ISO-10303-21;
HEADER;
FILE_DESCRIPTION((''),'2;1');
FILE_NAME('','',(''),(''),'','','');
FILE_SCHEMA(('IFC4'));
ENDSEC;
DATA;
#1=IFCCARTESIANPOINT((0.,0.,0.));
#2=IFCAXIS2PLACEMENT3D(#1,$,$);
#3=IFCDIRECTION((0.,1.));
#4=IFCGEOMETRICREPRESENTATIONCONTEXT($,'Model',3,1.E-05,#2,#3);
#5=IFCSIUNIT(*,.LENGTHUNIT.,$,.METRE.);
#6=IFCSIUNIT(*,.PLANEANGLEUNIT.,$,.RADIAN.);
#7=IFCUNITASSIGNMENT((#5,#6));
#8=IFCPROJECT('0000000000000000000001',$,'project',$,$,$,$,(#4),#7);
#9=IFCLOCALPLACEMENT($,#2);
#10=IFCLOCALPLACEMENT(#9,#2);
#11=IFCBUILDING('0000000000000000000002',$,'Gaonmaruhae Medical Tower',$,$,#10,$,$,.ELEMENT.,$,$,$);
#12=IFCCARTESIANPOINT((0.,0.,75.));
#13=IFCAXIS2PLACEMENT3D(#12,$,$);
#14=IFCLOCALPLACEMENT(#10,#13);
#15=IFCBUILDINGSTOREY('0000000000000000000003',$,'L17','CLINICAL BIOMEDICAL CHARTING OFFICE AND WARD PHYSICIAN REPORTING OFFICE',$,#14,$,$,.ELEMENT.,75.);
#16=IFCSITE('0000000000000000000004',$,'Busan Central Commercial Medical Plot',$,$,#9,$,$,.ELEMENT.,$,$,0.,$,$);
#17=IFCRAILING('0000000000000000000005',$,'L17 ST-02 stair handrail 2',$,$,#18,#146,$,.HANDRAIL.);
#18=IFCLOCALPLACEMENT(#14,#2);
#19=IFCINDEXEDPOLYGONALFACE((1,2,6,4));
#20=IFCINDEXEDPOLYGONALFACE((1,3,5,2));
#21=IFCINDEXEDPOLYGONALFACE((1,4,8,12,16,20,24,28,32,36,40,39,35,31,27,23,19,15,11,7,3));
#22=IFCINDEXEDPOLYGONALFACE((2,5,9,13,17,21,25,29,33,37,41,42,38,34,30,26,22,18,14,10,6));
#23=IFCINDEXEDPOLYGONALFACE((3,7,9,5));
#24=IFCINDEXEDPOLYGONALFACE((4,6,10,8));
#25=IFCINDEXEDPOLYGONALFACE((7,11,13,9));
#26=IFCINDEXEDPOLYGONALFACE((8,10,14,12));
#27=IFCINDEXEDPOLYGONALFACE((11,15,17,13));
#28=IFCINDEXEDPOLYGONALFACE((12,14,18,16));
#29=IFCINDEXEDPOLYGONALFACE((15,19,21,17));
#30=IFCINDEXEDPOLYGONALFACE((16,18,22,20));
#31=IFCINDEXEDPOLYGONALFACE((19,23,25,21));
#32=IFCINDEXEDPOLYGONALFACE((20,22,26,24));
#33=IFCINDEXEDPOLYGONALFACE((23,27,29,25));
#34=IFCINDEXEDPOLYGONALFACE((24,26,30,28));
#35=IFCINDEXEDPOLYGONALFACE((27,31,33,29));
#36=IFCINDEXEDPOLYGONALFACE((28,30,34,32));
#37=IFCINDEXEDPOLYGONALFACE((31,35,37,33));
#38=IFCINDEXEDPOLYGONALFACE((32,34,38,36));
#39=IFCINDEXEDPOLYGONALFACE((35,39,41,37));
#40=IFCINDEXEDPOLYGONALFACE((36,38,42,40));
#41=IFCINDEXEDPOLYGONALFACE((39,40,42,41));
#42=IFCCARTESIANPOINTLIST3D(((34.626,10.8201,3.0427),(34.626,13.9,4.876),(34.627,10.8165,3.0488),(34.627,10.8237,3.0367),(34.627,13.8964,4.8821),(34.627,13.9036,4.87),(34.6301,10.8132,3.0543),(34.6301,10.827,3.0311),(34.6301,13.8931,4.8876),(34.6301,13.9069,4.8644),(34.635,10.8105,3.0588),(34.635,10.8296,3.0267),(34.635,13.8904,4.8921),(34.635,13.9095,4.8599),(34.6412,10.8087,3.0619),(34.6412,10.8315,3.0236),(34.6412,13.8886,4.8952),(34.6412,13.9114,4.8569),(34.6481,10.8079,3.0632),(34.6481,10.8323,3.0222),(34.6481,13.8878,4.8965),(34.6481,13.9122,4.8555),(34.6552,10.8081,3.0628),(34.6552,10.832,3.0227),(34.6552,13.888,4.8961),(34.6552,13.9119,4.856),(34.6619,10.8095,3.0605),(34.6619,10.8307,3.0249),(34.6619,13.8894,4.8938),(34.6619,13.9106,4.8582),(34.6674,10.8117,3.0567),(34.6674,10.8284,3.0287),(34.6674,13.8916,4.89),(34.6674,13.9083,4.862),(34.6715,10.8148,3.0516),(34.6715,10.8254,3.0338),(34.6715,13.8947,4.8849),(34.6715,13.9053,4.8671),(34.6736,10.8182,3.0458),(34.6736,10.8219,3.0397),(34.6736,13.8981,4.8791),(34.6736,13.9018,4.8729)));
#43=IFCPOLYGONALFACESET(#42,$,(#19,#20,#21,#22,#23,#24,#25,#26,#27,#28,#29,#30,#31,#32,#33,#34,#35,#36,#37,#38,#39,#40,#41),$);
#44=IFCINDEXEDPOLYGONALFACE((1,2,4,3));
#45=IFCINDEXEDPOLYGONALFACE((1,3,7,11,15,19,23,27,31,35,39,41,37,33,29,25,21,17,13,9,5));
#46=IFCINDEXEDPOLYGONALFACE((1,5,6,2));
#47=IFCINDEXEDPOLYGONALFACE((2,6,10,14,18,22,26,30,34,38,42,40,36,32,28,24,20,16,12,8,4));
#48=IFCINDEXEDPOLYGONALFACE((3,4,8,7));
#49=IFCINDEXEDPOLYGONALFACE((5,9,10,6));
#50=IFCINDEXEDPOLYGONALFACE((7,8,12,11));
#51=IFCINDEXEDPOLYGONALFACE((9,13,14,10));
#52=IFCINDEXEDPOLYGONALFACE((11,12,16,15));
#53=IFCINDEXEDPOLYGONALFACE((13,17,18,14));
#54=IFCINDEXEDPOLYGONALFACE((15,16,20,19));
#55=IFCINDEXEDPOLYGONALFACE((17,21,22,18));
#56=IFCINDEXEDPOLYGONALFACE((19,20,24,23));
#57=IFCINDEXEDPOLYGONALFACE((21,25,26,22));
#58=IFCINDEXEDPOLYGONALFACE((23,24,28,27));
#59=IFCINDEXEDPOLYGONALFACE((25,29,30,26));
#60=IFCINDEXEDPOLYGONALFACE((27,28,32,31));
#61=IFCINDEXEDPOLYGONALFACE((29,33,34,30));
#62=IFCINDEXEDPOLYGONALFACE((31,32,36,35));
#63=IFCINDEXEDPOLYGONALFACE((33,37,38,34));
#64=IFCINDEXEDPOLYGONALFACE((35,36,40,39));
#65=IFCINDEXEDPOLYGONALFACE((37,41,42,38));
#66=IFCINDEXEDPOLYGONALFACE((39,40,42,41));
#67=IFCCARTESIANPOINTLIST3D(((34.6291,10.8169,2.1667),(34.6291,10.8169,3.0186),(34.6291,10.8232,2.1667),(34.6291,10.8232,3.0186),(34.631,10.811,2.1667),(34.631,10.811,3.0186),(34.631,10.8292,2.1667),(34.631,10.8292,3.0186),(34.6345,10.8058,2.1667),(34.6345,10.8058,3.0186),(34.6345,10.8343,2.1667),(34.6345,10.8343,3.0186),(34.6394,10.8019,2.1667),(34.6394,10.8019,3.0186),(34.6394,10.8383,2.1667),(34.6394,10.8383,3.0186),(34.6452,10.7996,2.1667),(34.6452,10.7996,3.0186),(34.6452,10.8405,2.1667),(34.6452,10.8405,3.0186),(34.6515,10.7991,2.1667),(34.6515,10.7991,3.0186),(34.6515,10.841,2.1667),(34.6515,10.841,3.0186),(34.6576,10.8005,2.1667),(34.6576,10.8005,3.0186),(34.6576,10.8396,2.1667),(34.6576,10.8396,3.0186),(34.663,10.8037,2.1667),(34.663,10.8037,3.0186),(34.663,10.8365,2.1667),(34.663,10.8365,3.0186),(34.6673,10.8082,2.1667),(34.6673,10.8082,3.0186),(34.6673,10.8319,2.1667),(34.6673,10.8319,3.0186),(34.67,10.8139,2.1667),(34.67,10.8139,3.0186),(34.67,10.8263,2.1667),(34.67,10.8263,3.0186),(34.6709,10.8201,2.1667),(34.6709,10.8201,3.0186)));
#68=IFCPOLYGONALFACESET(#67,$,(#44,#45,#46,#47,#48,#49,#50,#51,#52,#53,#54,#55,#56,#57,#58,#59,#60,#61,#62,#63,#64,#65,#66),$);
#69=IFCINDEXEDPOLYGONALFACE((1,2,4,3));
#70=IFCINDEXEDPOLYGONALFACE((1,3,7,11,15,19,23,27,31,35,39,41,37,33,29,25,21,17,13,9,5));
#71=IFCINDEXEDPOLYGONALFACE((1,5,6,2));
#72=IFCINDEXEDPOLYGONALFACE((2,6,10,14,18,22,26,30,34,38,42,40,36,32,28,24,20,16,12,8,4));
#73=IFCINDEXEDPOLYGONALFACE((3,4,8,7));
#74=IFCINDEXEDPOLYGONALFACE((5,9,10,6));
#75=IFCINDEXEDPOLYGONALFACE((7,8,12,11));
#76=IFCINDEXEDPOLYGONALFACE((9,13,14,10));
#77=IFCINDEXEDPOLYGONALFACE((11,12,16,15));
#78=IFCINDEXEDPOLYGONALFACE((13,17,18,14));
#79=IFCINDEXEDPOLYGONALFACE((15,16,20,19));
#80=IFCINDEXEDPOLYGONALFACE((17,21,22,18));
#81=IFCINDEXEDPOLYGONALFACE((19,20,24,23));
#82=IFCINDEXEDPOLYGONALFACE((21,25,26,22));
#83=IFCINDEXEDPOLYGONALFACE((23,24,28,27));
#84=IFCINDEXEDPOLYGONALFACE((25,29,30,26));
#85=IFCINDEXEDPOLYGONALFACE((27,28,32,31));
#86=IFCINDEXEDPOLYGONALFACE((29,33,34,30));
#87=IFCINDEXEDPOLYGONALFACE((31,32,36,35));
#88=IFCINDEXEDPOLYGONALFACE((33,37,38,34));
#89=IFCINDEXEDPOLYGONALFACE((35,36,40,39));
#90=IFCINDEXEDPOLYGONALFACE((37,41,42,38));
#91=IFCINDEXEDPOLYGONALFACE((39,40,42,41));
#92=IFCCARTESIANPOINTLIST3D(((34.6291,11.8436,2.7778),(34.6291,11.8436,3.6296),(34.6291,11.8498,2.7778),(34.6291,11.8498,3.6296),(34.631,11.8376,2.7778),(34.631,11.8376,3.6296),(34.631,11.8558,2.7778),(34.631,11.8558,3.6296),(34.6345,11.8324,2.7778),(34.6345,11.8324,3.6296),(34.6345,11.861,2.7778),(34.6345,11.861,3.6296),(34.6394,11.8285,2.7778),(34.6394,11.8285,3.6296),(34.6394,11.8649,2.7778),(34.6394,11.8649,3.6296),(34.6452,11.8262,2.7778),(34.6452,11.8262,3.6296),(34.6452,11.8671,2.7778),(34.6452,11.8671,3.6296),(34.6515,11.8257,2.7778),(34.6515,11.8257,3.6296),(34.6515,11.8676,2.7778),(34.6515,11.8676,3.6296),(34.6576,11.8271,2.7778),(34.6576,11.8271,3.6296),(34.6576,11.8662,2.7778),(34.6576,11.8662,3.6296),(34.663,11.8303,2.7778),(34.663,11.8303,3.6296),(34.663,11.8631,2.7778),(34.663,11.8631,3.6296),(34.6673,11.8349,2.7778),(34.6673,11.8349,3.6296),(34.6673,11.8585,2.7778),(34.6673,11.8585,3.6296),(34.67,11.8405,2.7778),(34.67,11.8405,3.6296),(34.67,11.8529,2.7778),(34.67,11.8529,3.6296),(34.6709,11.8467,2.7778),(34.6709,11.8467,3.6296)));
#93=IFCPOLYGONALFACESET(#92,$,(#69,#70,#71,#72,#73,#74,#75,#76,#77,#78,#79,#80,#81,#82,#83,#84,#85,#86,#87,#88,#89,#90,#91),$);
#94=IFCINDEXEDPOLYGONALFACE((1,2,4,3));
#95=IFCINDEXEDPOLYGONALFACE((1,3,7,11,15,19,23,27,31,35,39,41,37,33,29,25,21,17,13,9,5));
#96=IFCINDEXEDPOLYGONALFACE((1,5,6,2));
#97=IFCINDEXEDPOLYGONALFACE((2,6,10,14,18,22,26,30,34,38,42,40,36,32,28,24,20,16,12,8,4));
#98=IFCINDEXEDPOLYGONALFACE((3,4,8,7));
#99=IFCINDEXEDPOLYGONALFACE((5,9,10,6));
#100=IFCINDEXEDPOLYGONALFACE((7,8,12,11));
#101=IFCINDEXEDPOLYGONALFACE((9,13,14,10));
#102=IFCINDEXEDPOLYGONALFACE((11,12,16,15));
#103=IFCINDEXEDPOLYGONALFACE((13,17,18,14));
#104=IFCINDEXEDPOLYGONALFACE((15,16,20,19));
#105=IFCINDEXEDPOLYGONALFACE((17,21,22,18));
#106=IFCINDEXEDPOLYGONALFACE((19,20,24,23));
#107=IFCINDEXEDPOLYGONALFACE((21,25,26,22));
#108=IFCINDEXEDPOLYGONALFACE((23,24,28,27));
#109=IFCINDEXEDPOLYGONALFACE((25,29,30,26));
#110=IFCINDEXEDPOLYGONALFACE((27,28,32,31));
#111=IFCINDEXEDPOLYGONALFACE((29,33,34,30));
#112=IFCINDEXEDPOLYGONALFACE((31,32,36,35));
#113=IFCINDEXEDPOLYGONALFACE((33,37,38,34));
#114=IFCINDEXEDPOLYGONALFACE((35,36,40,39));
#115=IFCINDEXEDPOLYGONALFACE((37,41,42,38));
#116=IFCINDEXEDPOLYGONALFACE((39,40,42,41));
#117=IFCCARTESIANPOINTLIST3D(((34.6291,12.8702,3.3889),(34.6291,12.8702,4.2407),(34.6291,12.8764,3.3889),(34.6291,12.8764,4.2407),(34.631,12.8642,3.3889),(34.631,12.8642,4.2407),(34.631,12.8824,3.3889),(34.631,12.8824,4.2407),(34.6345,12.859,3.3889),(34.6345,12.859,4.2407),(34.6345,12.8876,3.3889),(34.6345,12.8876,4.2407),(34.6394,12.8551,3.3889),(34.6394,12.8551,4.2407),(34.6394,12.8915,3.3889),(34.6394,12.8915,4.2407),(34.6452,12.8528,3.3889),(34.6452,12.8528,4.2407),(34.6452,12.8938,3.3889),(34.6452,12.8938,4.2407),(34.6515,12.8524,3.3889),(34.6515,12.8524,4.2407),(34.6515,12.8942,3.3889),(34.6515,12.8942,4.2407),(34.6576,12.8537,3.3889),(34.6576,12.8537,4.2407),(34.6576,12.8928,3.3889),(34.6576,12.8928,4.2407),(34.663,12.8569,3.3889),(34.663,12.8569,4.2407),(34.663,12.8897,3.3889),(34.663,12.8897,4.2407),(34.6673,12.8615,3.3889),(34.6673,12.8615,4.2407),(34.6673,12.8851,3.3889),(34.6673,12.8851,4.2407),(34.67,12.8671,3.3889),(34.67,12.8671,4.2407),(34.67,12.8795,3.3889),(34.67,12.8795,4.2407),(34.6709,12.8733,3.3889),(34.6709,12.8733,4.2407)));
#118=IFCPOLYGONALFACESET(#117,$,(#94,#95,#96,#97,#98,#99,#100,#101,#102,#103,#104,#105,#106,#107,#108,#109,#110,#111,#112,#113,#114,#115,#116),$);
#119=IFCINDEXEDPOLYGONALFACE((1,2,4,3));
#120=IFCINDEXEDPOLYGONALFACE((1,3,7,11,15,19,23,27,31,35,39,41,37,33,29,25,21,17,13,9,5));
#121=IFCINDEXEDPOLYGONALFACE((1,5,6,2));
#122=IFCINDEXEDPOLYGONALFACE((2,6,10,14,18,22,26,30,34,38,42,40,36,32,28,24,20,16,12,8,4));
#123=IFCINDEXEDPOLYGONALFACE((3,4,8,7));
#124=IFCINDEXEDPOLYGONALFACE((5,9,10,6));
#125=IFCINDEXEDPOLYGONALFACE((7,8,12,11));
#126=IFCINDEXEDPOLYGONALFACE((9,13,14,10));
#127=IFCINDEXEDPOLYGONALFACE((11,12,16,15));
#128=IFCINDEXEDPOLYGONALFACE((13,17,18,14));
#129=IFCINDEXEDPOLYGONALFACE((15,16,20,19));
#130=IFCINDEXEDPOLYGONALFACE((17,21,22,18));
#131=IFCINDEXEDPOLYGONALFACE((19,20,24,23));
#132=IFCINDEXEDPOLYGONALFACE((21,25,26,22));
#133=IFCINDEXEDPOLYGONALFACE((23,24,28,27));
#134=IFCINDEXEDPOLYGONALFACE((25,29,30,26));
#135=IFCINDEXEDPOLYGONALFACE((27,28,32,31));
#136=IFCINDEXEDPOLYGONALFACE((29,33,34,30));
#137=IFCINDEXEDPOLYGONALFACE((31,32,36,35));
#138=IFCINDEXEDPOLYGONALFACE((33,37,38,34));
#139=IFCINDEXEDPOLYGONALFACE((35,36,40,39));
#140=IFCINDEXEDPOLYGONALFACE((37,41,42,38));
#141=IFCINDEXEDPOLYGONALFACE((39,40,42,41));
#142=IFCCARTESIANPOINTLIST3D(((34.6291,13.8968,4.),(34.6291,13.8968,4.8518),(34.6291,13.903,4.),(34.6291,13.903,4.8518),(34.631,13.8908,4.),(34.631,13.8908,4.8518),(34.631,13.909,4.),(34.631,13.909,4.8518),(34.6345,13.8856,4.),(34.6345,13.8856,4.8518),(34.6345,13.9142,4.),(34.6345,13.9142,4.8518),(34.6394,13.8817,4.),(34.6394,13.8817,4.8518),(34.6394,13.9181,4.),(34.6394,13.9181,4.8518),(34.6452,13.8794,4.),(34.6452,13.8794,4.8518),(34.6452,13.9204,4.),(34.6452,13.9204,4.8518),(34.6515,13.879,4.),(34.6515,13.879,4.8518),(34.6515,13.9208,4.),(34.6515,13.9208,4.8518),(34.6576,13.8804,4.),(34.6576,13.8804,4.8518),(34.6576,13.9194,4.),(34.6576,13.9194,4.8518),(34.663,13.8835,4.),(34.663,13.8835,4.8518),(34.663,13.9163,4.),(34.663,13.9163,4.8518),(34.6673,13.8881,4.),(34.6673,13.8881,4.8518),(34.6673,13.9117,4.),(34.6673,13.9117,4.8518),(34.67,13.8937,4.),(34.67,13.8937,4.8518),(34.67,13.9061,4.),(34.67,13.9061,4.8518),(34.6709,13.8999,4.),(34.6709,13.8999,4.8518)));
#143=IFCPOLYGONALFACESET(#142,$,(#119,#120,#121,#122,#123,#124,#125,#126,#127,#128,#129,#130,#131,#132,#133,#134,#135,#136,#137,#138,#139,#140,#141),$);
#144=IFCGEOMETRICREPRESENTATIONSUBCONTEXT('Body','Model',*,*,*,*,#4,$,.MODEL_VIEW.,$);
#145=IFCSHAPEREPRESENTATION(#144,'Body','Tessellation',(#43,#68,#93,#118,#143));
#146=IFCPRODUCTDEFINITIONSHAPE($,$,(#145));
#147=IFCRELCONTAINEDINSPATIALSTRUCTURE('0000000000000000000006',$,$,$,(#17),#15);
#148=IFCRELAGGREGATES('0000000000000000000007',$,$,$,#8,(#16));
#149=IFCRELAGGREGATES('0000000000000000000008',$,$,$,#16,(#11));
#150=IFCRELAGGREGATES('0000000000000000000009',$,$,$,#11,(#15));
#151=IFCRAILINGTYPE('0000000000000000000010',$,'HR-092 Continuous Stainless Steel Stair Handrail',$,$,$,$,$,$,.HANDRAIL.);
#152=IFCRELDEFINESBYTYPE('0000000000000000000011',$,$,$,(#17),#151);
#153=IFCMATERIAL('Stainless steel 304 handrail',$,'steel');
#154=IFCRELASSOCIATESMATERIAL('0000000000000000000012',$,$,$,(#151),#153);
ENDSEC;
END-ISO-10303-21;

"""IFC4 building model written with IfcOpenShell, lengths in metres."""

from ifc_helpers import new_model, si_unit, direction, frame, origin, origin_2d, place, context, subcontext, project, spatial, circle, extrude, material, type_object, element, save


model = new_model("IFC4")

# Units and contexts
model_context = context("Model", 3, precision=1e-05, world=origin(), true_north=direction((0.0, 1.0)))
body_context = subcontext(model_context, "Body", "Model", "MODEL_VIEW")
ifc_project = project(units=[si_unit("LENGTHUNIT", "METRE"), si_unit("PLANEANGLEUNIT", "RADIAN")], contexts=[model_context])

# Site, building, storey
site_placement = place(None, origin())
site = spatial("IfcSite", under=ifc_project, at=site_placement, Name="Busan Central Commercial Medical Plot", CompositionType="ELEMENT", RefElevation=0.0)
building_placement = place(site_placement, origin())
building = spatial("IfcBuilding", under=site, at=building_placement, Name="Gaonmaruhae Medical Tower", CompositionType="ELEMENT")
storey_placement = place(building_placement, frame((0.0, 0.0, 75.0)))
storey = spatial("IfcBuildingStorey", under=building, at=storey_placement, Name="L17", Description="CLINICAL BIOMEDICAL CHARTING OFFICE AND WARD PHYSICIAN REPORTING OFFICE", CompositionType="ELEMENT", Elevation=75.0)

# Railing
ifc_material_1 = material(Name="Stainless steel 304 handrail", Category="steel")
railing_type_1 = type_object("IfcRailingType", Name="HR-092 Continuous Stainless Steel Stair Handrail", PredefinedType="HANDRAIL", material=ifc_material_1)
railing_1_placement = place(storey_placement, frame((34.6499, 10.8201, 2.1667)))
element("IfcRailing", 1, at=railing_1_placement, inside=storey, type_object=railing_type_1, Name="L17 ST-02 stair handrail 2", PredefinedType="HANDRAIL", context=body_context, shape_type="SweptSolid", body=[
    extrude(circle(Radius=0.0239, at=origin_2d()), frame((0.0, 0.0, 0.876), z_axis=(0.0, 0.859291, 0.511487), x_axis=(-1.0, 0.0, 0.0)), (0.0, 0.0, 1.0), 3.5842),
    extrude(circle(Radius=0.021, at=origin_2d()), origin(), (0.0, 0.0, 1.0), 0.8518),
    extrude(circle(Radius=0.021, at=origin_2d()), frame((0.0, 1.0266, 0.6111)), (0.0, 0.0, 1.0), 0.8518),
    extrude(circle(Radius=0.021, at=origin_2d()), frame((0.0, 2.0532, 1.2222)), (0.0, 0.0, 1.0), 0.8518),
    extrude(circle(Radius=0.021, at=origin_2d()), frame((0.0, 3.0798, 1.8333)), (0.0, 0.0, 1.0), 0.8518),
])

save(model, "model.ifc")
